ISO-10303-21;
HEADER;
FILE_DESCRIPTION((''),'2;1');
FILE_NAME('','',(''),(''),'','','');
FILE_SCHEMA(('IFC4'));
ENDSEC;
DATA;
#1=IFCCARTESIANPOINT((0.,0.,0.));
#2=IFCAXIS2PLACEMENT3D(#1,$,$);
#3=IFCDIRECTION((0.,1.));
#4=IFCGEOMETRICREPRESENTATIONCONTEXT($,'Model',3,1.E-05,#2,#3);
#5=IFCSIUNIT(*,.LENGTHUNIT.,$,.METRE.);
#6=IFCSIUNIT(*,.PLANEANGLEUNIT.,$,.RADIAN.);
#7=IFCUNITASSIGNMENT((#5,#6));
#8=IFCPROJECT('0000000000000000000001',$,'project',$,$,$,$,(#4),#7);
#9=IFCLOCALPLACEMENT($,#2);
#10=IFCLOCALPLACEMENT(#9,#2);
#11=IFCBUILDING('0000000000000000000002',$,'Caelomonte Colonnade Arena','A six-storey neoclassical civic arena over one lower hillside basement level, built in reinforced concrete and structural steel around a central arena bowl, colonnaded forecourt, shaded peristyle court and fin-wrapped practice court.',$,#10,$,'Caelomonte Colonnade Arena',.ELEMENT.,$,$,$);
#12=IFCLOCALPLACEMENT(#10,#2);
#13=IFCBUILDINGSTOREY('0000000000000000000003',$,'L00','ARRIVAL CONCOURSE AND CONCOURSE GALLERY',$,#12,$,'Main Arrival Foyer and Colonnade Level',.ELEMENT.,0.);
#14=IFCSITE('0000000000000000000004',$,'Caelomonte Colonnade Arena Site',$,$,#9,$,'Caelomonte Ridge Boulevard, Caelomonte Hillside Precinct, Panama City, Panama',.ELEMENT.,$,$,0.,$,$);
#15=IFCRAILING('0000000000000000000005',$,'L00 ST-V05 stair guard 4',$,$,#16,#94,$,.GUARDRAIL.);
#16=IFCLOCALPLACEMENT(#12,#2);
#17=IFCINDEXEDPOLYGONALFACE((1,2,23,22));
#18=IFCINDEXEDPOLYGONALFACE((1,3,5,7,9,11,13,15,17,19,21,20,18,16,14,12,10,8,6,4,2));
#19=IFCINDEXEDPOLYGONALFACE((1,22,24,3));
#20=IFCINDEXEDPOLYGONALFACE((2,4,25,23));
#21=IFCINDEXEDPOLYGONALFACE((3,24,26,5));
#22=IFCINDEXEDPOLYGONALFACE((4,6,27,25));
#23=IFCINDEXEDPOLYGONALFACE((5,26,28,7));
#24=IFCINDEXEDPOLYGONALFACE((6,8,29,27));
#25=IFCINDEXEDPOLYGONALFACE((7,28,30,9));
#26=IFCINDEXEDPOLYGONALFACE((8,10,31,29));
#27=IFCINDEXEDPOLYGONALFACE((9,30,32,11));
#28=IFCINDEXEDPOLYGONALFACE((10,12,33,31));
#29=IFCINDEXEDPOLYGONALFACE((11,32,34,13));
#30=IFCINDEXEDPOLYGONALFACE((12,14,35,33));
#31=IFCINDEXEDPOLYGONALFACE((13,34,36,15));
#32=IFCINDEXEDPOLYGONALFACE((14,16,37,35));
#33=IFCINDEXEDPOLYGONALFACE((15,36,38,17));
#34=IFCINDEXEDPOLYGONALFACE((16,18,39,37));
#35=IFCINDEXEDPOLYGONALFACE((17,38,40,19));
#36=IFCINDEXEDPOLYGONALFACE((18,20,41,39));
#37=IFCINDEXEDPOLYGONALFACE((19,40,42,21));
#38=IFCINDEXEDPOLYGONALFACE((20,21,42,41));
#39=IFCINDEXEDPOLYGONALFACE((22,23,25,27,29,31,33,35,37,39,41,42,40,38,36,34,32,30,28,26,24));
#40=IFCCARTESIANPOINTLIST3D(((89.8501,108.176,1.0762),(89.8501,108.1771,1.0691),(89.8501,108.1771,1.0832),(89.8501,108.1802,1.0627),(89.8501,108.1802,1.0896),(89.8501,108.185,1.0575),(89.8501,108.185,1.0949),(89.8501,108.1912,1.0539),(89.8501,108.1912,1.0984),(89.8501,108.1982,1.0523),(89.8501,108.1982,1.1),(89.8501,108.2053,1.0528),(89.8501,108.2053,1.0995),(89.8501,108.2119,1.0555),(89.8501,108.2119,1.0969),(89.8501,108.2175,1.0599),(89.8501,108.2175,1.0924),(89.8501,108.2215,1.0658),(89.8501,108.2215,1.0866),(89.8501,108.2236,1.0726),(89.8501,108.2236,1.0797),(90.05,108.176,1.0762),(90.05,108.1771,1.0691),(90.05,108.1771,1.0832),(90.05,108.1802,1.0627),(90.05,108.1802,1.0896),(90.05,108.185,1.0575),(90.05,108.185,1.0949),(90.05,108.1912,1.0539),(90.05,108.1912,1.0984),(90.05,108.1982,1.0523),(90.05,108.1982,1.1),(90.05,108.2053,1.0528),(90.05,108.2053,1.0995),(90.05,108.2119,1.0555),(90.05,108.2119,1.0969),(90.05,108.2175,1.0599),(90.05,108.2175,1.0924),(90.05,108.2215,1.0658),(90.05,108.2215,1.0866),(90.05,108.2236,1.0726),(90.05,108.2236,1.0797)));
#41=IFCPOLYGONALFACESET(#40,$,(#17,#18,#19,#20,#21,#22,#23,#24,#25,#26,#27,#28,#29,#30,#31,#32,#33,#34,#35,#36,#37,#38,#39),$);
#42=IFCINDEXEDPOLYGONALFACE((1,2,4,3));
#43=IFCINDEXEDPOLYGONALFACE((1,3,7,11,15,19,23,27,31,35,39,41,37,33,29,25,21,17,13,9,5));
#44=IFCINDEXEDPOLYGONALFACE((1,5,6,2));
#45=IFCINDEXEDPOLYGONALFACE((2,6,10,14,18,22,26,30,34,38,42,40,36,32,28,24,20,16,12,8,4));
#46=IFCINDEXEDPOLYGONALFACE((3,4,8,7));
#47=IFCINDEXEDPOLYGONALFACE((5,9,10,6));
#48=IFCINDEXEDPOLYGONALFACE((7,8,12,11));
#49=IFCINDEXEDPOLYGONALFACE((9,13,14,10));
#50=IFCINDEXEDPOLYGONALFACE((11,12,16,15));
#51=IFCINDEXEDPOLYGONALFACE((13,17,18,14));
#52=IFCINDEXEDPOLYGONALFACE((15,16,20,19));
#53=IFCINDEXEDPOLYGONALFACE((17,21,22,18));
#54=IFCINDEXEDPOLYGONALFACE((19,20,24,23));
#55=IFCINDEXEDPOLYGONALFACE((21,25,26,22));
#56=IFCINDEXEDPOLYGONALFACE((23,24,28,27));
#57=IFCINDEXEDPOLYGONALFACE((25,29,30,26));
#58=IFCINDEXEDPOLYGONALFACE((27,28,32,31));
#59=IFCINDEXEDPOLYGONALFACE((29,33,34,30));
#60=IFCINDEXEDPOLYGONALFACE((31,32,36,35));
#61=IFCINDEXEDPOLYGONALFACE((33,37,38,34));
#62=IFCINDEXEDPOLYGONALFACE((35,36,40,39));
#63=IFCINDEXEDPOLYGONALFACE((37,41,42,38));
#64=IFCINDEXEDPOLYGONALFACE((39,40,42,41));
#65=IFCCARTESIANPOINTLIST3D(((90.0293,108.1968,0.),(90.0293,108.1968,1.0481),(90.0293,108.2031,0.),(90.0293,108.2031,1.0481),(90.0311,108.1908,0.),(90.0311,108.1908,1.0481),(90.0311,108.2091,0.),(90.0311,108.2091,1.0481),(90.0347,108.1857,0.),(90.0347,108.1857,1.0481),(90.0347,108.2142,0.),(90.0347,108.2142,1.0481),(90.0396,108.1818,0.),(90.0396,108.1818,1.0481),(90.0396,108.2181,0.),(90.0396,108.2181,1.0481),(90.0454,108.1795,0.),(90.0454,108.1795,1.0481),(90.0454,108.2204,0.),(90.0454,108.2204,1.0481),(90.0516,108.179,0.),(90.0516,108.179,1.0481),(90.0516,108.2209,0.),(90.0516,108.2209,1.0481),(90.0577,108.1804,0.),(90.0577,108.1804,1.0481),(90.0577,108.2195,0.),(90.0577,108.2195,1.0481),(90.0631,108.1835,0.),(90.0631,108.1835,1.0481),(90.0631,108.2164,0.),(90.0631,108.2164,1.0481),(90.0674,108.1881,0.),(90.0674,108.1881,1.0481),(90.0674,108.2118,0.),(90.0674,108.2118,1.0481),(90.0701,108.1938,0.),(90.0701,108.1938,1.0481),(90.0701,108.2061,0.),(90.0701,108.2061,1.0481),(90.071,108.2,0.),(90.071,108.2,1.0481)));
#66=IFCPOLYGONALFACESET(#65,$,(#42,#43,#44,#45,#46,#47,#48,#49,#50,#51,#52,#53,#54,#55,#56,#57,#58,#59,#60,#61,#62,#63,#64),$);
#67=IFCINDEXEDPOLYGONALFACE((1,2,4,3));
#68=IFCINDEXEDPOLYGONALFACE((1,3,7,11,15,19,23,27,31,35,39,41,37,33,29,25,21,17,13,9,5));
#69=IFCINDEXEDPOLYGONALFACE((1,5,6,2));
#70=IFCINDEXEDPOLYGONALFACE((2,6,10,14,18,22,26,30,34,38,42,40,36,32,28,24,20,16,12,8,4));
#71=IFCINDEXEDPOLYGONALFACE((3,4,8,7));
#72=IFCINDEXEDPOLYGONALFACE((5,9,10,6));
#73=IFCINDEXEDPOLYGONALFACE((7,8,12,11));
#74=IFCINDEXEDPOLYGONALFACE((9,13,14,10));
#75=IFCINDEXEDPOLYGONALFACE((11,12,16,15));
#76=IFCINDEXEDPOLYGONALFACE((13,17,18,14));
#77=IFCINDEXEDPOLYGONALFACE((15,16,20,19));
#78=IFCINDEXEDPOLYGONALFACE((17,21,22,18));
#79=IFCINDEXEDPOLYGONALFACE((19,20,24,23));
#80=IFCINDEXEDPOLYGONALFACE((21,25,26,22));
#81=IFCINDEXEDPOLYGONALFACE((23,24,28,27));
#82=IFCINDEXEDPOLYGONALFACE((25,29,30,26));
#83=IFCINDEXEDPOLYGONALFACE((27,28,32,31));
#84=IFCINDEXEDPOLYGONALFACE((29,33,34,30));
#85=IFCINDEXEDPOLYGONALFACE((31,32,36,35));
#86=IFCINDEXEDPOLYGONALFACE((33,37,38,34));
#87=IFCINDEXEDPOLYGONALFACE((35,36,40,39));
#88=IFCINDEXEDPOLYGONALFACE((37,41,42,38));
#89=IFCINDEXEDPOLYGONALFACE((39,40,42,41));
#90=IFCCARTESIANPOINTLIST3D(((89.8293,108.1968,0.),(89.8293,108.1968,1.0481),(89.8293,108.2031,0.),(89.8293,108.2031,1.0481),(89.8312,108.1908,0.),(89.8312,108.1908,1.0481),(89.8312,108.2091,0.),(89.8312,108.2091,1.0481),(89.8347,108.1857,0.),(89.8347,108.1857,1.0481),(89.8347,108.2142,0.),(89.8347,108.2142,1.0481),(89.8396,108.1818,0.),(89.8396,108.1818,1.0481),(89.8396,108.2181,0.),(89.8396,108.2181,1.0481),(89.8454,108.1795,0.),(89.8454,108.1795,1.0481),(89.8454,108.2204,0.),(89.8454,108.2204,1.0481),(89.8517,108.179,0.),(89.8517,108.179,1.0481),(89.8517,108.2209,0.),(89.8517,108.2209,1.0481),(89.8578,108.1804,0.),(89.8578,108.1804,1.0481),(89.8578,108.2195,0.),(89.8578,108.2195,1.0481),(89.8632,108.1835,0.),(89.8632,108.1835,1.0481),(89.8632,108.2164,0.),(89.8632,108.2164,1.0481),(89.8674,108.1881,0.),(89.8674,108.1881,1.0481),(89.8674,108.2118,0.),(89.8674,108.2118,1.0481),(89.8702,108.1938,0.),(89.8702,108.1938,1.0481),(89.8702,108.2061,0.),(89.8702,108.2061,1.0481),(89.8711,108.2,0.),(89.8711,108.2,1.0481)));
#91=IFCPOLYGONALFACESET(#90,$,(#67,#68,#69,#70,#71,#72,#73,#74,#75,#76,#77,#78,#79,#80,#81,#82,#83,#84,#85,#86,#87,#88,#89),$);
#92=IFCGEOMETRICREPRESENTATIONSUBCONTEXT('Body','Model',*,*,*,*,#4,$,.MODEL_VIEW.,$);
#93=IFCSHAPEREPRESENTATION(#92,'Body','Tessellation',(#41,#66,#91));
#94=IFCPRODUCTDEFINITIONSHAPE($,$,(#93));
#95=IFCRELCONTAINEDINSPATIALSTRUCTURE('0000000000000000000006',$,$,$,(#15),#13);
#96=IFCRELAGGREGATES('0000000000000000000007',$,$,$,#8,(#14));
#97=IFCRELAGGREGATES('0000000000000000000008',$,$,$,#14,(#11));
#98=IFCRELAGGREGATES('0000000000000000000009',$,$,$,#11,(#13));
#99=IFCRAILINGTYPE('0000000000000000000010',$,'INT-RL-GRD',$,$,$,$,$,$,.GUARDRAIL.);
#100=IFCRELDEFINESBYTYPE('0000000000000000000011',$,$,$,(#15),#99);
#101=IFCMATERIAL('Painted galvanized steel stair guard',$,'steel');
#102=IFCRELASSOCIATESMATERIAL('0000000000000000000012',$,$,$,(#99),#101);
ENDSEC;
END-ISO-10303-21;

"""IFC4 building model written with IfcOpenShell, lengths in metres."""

from ifc_helpers import new_model, si_unit, direction, frame, origin, origin_2d, place, context, subcontext, project, spatial, circle, extrude, material, type_object, element, save


model = new_model("IFC4")

# Units and contexts
model_context = context("Model", 3, precision=1e-05, world=origin(), true_north=direction((0.0, 1.0)))
body_context = subcontext(model_context, "Body", "Model", "MODEL_VIEW")
ifc_project = project(units=[si_unit("LENGTHUNIT", "METRE"), si_unit("PLANEANGLEUNIT", "RADIAN")], contexts=[model_context])

# Site, building, storey
site_placement = place(None, origin())
site = spatial("IfcSite", under=ifc_project, at=site_placement, Name="Caelomonte Colonnade Arena Site", LongName="Caelomonte Ridge Boulevard, Caelomonte Hillside Precinct, Panama City, Panama", CompositionType="ELEMENT", RefElevation=0.0)
building_placement = place(site_placement, origin())
building = spatial("IfcBuilding", under=site, at=building_placement, Name="Caelomonte Colonnade Arena", Description="A six-storey neoclassical civic arena over one lower hillside basement level, built in reinforced concrete and structural steel around a central arena bowl, colonnaded forecourt, shaded peristyle court and fin-wrapped practice court.", LongName="Caelomonte Colonnade Arena", CompositionType="ELEMENT")
storey_placement = place(building_placement, origin())
storey = spatial("IfcBuildingStorey", under=building, at=storey_placement, Name="L00", Description="ARRIVAL CONCOURSE AND CONCOURSE GALLERY", LongName="Main Arrival Foyer and Colonnade Level", CompositionType="ELEMENT", Elevation=0.0)

# Railing
ifc_material_1 = material(Name="Painted galvanized steel stair guard", Category="steel")
railing_type_1 = type_object("IfcRailingType", Name="INT-RL-GRD", PredefinedType="GUARDRAIL", material=ifc_material_1)
railing_1_placement = place(storey_placement, frame((90.05, 108.2, 0.0)))
element("IfcRailing", 1, at=railing_1_placement, inside=storey, type_object=railing_type_1, Name="L00 ST-V05 stair guard 4", PredefinedType="GUARDRAIL", context=body_context, shape_type="SweptSolid", body=[
    extrude(circle(Radius=0.0239, at=origin_2d()), frame((0.0, 0.0, 1.0762), z_axis=(-1.0, 0.0, 0.0), x_axis=(0.0, -1.0, 0.0)), (0.0, 0.0, 1.0), 0.2),
    extrude(circle(Radius=0.021, at=origin_2d()), origin(), (0.0, 0.0, 1.0), 1.0481),
    extrude(circle(Radius=0.021, at=origin_2d()), frame((-0.2, 0.0, 0.0)), (0.0, 0.0, 1.0), 1.0481),
])

save(model, "model.ifc")
